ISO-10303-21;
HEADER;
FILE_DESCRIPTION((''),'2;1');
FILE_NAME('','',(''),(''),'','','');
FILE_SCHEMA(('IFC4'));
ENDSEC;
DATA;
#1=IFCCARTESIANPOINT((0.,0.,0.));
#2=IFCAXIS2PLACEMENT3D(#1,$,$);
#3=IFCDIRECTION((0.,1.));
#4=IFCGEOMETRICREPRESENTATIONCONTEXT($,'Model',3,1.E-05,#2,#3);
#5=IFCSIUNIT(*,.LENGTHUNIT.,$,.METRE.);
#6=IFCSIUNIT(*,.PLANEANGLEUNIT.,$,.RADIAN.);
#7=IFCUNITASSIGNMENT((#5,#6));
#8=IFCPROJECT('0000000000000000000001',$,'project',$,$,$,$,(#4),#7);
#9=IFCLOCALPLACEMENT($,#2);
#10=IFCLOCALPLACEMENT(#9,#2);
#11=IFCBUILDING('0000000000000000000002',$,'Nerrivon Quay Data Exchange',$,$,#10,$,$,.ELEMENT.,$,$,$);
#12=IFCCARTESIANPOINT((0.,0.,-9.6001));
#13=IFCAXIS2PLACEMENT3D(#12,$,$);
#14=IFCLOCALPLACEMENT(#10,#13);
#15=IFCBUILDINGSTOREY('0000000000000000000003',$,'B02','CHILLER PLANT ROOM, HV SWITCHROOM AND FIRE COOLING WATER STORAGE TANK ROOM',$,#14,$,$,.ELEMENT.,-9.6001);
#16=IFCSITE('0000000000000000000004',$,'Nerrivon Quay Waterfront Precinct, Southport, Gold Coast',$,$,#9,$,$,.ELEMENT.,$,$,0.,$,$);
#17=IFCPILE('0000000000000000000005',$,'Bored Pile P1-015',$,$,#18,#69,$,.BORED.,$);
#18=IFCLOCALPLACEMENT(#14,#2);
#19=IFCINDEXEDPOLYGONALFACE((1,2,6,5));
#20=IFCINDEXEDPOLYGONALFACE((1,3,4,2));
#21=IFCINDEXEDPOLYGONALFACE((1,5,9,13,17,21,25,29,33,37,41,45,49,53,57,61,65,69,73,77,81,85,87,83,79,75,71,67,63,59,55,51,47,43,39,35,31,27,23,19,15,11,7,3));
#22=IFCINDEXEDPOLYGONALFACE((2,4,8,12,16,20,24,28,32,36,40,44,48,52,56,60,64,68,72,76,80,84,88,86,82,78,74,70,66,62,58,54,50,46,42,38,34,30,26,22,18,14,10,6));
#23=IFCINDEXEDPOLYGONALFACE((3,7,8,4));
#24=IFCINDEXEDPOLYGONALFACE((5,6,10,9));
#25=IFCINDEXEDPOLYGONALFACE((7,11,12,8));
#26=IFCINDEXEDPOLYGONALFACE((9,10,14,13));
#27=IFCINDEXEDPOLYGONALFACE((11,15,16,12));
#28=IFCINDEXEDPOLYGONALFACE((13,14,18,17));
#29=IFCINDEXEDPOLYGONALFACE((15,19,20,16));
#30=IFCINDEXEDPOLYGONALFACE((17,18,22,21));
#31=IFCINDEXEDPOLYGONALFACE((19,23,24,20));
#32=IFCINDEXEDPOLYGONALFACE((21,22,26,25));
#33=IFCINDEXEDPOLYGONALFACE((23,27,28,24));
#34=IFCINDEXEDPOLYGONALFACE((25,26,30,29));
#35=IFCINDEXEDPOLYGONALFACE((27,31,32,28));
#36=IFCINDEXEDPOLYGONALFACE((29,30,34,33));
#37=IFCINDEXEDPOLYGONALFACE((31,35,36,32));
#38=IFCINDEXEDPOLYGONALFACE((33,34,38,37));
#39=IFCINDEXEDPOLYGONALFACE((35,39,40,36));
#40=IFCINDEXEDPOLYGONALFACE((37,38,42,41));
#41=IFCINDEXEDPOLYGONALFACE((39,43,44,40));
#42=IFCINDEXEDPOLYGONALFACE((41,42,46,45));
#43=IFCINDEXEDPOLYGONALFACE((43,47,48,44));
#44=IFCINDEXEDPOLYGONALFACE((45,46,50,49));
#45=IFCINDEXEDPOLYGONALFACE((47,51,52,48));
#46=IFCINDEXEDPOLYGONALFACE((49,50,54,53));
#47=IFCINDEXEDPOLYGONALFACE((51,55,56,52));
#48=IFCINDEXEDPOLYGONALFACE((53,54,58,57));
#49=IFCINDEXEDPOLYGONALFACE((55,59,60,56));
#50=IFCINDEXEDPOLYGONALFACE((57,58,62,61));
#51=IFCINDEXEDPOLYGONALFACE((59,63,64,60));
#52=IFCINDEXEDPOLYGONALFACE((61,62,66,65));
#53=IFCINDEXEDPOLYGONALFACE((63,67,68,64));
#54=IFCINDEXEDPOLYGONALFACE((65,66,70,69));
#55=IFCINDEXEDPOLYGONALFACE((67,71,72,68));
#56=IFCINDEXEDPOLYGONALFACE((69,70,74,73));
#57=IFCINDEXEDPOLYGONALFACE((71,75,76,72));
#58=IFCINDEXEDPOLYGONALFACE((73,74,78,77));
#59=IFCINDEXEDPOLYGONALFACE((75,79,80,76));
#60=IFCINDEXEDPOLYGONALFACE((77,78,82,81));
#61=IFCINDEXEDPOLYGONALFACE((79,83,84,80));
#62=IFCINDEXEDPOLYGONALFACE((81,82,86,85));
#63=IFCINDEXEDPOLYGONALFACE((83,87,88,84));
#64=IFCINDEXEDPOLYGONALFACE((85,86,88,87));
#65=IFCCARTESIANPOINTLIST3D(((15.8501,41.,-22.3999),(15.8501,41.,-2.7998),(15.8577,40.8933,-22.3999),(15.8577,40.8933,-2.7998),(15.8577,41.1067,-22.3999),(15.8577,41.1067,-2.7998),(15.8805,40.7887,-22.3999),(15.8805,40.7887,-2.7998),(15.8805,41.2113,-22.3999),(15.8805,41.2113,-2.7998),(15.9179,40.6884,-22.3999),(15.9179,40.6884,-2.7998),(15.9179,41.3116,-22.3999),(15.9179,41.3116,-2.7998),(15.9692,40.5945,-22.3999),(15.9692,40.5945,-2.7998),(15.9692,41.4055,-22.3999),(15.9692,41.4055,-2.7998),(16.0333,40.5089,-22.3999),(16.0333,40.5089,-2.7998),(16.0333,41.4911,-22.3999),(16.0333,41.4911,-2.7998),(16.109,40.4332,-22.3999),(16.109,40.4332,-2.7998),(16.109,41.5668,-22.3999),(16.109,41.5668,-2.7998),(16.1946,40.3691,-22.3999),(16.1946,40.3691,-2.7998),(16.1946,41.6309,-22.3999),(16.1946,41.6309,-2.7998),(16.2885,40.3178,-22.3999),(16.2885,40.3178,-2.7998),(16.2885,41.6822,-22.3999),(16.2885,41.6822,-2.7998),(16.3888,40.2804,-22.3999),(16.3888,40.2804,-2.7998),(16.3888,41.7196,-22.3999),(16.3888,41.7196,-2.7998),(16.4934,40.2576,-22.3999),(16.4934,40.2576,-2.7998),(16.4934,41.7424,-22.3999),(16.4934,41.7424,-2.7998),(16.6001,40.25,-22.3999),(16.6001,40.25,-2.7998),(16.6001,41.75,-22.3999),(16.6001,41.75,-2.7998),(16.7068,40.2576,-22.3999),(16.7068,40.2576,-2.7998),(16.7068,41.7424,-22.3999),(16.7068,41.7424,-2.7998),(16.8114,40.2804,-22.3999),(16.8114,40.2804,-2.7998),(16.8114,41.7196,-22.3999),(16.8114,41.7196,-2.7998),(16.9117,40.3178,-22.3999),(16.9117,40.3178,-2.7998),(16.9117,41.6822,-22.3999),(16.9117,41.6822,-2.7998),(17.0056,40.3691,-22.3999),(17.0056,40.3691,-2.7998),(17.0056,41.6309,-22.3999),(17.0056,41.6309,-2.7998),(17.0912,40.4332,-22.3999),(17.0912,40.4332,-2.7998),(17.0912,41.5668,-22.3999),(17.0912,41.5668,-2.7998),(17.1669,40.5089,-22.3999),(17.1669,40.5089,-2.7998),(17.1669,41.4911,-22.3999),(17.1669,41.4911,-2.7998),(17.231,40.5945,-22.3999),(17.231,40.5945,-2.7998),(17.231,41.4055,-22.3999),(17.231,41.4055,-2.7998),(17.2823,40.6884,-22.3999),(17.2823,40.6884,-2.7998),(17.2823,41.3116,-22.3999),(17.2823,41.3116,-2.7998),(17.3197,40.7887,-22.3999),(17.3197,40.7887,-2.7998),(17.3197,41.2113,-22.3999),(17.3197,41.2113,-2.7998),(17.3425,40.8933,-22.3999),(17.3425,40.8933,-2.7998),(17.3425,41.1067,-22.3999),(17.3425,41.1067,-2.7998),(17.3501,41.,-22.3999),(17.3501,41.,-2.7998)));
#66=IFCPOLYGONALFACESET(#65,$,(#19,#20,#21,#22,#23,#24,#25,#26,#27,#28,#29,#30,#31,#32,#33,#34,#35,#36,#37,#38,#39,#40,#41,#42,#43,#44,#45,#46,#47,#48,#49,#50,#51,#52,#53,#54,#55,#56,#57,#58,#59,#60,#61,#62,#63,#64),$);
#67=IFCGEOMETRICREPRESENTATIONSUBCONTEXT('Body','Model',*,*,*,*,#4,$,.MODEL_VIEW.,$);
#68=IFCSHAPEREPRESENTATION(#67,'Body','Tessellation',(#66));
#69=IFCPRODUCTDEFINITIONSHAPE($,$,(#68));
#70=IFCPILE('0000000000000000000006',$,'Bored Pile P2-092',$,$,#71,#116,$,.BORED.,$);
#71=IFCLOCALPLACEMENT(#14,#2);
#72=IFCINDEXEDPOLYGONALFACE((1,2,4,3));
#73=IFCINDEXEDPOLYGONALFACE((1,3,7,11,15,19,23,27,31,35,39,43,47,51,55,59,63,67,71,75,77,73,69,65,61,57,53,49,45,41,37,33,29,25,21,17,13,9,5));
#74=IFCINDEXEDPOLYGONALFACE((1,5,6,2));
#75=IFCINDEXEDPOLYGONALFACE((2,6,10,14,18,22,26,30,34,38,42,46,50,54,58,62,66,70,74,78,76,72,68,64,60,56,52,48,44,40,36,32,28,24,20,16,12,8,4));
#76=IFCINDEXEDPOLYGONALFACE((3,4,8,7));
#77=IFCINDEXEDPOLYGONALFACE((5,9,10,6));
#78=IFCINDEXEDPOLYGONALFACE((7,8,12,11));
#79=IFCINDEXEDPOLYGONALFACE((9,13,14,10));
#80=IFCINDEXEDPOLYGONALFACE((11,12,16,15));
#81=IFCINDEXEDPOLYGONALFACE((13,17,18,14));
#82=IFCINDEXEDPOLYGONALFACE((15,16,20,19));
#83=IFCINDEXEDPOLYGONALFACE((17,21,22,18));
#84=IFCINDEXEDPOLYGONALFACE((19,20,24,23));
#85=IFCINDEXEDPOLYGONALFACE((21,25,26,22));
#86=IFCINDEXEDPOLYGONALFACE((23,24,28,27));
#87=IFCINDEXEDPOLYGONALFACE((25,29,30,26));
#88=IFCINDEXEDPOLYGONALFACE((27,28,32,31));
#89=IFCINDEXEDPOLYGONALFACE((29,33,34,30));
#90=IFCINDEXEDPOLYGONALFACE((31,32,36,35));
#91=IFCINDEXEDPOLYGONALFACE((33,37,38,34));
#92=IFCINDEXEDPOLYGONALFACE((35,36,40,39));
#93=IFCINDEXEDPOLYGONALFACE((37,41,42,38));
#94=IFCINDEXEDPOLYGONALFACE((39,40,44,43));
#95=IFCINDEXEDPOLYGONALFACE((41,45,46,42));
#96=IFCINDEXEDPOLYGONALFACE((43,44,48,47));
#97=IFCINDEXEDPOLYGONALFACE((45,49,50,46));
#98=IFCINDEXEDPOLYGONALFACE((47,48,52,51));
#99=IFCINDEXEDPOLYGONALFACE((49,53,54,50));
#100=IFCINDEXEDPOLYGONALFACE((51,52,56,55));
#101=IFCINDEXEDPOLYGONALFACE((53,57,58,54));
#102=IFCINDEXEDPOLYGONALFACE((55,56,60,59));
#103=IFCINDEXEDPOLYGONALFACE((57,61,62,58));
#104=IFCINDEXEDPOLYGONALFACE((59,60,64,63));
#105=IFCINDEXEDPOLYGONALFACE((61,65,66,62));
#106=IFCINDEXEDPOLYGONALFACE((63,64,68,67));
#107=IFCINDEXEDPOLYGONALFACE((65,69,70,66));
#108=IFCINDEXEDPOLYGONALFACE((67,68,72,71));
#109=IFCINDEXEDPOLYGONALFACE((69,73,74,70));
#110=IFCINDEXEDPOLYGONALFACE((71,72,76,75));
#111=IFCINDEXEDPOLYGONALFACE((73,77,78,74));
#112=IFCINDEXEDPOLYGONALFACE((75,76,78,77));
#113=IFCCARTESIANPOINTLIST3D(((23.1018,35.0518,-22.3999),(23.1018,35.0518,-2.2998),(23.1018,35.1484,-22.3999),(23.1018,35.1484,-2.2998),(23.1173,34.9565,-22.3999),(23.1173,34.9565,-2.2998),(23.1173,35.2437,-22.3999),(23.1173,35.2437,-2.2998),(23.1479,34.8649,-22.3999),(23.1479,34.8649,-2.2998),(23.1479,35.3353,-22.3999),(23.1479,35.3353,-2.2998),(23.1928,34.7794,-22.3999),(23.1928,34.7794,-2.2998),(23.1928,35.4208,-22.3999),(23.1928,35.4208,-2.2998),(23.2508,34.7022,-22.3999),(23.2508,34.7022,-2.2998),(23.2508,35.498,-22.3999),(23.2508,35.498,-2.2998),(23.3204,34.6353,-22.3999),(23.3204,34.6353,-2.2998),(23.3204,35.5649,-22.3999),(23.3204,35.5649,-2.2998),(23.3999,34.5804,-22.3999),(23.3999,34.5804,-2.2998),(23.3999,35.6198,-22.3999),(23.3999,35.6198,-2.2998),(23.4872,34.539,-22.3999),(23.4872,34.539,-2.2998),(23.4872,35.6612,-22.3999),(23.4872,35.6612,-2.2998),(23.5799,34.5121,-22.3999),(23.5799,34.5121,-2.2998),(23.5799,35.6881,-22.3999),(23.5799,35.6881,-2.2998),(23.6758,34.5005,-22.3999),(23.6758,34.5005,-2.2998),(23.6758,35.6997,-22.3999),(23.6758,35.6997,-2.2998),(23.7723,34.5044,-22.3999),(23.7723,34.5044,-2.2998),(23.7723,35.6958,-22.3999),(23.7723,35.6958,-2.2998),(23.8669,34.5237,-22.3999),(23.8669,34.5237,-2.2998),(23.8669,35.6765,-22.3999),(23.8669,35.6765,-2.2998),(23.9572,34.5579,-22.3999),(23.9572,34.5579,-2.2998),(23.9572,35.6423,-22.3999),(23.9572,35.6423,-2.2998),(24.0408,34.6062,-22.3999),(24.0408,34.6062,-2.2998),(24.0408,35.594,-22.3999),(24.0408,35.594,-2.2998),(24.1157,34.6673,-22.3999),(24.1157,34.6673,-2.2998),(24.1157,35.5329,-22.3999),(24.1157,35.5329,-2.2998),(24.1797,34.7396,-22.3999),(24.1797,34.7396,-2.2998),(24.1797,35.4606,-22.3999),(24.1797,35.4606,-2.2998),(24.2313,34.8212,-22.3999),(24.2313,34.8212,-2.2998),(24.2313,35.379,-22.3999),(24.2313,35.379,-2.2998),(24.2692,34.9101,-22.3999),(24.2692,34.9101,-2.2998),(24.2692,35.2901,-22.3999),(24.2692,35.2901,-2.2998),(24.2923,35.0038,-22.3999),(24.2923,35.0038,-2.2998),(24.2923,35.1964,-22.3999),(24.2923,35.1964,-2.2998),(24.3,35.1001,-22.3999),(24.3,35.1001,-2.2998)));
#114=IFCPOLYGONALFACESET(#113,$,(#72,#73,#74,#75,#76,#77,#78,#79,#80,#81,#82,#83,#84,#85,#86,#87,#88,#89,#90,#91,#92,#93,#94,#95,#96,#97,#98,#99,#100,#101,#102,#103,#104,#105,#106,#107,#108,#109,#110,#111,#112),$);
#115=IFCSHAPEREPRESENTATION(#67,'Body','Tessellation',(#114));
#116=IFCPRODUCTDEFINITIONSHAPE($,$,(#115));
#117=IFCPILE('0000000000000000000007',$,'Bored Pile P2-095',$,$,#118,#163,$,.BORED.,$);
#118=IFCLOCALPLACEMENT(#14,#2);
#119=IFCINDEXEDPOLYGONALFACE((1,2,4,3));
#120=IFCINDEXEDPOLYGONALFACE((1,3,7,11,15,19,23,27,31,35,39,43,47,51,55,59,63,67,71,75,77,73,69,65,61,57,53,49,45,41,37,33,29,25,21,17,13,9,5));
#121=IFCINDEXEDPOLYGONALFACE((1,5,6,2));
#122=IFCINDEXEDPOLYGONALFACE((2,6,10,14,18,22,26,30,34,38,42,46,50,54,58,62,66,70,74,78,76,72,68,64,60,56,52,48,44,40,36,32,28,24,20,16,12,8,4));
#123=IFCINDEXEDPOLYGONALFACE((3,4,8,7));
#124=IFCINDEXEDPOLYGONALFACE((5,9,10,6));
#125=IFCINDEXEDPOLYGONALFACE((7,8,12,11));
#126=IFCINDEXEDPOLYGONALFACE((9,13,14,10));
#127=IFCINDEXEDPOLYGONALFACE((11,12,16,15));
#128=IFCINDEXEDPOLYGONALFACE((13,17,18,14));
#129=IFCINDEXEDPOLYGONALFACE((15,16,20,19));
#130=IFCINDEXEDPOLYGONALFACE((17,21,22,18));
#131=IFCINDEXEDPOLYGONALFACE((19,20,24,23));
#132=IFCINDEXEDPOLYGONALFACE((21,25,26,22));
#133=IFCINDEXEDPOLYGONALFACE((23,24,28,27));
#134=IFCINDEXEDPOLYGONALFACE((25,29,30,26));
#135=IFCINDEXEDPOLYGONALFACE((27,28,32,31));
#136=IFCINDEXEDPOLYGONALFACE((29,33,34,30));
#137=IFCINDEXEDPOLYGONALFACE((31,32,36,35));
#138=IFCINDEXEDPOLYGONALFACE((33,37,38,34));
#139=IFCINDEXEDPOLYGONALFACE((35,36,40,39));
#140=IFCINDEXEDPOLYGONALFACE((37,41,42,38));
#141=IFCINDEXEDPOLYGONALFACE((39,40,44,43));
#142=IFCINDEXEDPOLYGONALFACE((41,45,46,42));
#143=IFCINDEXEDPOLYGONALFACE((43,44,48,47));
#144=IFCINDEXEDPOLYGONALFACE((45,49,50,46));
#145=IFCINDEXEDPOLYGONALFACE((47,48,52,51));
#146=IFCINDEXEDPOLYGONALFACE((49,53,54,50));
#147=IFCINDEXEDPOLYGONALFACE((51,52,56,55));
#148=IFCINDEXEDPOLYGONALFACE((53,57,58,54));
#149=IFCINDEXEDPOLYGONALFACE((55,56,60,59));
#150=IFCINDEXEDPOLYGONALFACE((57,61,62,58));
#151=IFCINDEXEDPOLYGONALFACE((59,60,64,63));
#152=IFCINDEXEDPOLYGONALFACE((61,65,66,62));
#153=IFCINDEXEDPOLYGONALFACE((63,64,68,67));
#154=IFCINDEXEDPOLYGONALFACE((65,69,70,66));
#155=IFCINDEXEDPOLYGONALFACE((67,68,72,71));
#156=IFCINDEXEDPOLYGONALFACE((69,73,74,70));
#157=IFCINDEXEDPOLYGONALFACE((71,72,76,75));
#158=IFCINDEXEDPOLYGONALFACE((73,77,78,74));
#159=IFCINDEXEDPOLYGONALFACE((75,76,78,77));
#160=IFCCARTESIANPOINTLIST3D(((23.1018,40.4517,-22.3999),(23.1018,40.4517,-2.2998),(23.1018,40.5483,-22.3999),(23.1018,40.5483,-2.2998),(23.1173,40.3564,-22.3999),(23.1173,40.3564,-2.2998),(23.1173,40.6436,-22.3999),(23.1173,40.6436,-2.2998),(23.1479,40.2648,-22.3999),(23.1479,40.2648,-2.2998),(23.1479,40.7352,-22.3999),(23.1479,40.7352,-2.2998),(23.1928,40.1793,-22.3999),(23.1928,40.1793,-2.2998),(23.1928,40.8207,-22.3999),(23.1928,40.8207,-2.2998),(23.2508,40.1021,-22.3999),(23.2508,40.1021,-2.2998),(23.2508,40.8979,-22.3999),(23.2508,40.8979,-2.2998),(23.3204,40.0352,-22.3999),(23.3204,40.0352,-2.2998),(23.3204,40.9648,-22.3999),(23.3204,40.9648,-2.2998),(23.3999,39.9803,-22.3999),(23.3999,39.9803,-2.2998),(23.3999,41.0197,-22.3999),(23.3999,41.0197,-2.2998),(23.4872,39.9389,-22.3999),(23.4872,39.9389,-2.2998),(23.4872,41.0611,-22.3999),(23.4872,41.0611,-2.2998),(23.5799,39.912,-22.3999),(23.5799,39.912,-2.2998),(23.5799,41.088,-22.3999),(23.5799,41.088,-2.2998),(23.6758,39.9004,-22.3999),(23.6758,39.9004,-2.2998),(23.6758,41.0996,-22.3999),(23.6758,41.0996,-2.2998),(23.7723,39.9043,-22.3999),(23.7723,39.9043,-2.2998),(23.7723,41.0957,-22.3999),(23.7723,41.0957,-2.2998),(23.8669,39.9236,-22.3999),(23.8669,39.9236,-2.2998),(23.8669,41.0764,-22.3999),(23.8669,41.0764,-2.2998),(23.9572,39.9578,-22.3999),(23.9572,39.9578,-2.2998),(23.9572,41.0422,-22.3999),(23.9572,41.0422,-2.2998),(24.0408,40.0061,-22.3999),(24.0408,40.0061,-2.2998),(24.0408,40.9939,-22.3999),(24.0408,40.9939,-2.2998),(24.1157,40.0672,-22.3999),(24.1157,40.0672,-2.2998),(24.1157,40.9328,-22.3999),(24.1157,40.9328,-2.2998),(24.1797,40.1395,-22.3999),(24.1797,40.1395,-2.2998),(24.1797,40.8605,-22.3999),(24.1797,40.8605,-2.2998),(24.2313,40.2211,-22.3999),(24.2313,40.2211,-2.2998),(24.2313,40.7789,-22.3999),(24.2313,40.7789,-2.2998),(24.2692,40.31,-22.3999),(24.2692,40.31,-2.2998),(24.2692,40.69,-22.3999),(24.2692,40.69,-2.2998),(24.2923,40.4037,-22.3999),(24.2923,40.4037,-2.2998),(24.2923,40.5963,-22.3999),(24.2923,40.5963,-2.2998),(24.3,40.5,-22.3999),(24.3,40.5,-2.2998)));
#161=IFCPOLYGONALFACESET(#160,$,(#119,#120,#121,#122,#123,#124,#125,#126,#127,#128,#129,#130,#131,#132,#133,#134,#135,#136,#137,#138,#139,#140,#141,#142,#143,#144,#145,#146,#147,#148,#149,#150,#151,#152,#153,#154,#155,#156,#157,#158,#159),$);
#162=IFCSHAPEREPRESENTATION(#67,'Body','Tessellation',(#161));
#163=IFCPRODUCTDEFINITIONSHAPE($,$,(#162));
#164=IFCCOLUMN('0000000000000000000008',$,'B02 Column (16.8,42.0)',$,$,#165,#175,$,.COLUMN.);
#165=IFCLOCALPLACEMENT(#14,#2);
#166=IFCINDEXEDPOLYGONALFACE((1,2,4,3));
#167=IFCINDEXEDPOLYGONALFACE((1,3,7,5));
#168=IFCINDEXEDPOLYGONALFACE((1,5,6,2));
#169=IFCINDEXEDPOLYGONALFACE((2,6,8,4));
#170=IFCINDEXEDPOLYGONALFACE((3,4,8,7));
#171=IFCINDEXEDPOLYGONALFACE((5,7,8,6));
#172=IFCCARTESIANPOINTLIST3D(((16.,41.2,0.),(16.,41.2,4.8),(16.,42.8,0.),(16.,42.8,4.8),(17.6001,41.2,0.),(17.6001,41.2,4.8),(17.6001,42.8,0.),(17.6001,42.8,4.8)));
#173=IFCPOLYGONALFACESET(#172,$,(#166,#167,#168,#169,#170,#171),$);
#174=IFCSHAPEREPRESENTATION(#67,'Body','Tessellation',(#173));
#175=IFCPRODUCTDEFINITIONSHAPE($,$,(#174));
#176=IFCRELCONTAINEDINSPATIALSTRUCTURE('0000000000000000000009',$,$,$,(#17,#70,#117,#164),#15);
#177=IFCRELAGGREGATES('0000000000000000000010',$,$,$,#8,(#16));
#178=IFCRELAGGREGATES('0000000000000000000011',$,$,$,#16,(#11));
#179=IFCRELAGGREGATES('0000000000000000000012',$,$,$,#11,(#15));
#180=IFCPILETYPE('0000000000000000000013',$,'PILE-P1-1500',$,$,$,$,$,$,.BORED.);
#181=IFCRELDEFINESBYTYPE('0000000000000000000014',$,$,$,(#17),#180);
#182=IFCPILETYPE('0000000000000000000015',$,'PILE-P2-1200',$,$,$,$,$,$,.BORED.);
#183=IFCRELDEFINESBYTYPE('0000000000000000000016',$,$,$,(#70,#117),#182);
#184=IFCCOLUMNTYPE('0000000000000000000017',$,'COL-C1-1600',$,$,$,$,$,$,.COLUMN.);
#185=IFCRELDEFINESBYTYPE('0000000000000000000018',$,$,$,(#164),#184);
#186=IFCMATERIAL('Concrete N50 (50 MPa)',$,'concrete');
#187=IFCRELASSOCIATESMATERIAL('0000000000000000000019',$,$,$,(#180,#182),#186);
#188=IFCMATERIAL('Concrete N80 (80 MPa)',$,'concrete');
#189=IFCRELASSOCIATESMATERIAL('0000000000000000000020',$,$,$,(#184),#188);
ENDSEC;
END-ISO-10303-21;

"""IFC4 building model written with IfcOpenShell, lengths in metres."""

from ifc_helpers import new_model, si_unit, direction, frame, origin, origin_2d, place, context, subcontext, project, spatial, rectangle, circle, extrude, material, material_profile, profile_set, type_object, element, save


model = new_model("IFC4")

# Units and contexts
model_context = context("Model", 3, precision=1e-05, world=origin(), true_north=direction((0.0, 1.0)))
body_context = subcontext(model_context, "Body", "Model", "MODEL_VIEW")
ifc_project = project(units=[si_unit("LENGTHUNIT", "METRE"), si_unit("PLANEANGLEUNIT", "RADIAN")], contexts=[model_context])

# Site, building, storey
site_placement = place(None, origin())
site = spatial("IfcSite", under=ifc_project, at=site_placement, Name="Nerrivon Quay Waterfront Precinct, Southport, Gold Coast", CompositionType="ELEMENT", RefElevation=0.0)
building_placement = place(site_placement, origin())
building = spatial("IfcBuilding", under=site, at=building_placement, Name="Nerrivon Quay Data Exchange", CompositionType="ELEMENT")
storey_placement = place(building_placement, frame((0.0, 0.0, -9.6001)))
storey = spatial("IfcBuildingStorey", under=building, at=storey_placement, Name="B02", Description="CHILLER PLANT ROOM, HV SWITCHROOM AND FIRE COOLING WATER STORAGE TANK ROOM", CompositionType="ELEMENT", Elevation=-9.6001)

# Piles
ifc_material_1 = material(Name="Concrete N50 (50 MPa)", Category="concrete")
ifc_material_profile_1 = material_profile(ifc_material_1, circle(Radius=0.75, at=origin_2d()), Name="PILE-1500")
ifc_profile_set_1 = profile_set([ifc_material_profile_1], Name="Concrete N50 (50 MPa)")
pile_type_1 = type_object("IfcPileType", Name="PILE-P1-1500", PredefinedType="BORED", material=ifc_profile_set_1)
for number, where, z_axis, x_axis, name in (
    (1, (16.6001, 41.0, -2.7998), (0.0, 0.0, -1.0), (1.0, 0.0, 0.0), "Bored Pile P1-015"),
):
    element("IfcPile", number, at=place(storey_placement, frame(where, z_axis=z_axis, x_axis=x_axis)), inside=storey, type_object=pile_type_1, Name=name, PredefinedType="BORED", context=body_context, shape_type="SweptSolid", body=[
        extrude(circle(Radius=0.75, at=origin_2d()), origin(), (0.0, 0.0, 1.0), 19.6001),
    ])
ifc_material_profile_2 = material_profile(ifc_material_1, circle(Radius=0.6001, at=origin_2d()), Name="PILE-1200")
ifc_profile_set_2 = profile_set([ifc_material_profile_2], Name="Concrete N50 (50 MPa)")
pile_type_2 = type_object("IfcPileType", Name="PILE-P2-1200", PredefinedType="BORED", material=ifc_profile_set_2)
for number, where, z_axis, x_axis, name in (
    (2, (23.7, 35.1001, -2.2998), (0.0, 0.0, -1.0), (1.0, 0.0, 0.0), "Bored Pile P2-092"),
    (3, (23.7, 40.5, -2.2998), (0.0, 0.0, -1.0), (1.0, 0.0, 0.0), "Bored Pile P2-095"),
):
    element("IfcPile", number, at=place(storey_placement, frame(where, z_axis=z_axis, x_axis=x_axis)), inside=storey, type_object=pile_type_2, Name=name, PredefinedType="BORED", context=body_context, shape_type="SweptSolid", body=[
        extrude(circle(Radius=0.6001, at=origin_2d()), origin(), (0.0, 0.0, 1.0), 20.1001),
    ])

# Column
ifc_material_2 = material(Name="Concrete N80 (80 MPa)", Category="concrete")
ifc_material_profile_3 = material_profile(ifc_material_2, rectangle(XDim=1.6001, YDim=1.6001, at=origin_2d()), Name="RC-COL-1600x1600")
ifc_profile_set_3 = profile_set([ifc_material_profile_3], Name="Concrete N80 (80 MPa)")
column_type = type_object("IfcColumnType", Name="COL-C1-1600", PredefinedType="COLUMN", material=ifc_profile_set_3)
column_placement = place(storey_placement, frame((16.8, 42.0, 0.0), z_axis=(0.0, 0.0, 1.0), x_axis=(1.0, 0.0, 0.0)))
element("IfcColumn", 4, at=column_placement, inside=storey, type_object=column_type, Name="B02 Column (16.8,42.0)", PredefinedType="COLUMN", context=body_context, shape_type="SweptSolid", body=[
    extrude(rectangle(XDim=1.6001, YDim=1.6001, at=origin_2d()), origin(), (0.0, 0.0, 1.0), 4.8),
])

save(model, "model.ifc")
